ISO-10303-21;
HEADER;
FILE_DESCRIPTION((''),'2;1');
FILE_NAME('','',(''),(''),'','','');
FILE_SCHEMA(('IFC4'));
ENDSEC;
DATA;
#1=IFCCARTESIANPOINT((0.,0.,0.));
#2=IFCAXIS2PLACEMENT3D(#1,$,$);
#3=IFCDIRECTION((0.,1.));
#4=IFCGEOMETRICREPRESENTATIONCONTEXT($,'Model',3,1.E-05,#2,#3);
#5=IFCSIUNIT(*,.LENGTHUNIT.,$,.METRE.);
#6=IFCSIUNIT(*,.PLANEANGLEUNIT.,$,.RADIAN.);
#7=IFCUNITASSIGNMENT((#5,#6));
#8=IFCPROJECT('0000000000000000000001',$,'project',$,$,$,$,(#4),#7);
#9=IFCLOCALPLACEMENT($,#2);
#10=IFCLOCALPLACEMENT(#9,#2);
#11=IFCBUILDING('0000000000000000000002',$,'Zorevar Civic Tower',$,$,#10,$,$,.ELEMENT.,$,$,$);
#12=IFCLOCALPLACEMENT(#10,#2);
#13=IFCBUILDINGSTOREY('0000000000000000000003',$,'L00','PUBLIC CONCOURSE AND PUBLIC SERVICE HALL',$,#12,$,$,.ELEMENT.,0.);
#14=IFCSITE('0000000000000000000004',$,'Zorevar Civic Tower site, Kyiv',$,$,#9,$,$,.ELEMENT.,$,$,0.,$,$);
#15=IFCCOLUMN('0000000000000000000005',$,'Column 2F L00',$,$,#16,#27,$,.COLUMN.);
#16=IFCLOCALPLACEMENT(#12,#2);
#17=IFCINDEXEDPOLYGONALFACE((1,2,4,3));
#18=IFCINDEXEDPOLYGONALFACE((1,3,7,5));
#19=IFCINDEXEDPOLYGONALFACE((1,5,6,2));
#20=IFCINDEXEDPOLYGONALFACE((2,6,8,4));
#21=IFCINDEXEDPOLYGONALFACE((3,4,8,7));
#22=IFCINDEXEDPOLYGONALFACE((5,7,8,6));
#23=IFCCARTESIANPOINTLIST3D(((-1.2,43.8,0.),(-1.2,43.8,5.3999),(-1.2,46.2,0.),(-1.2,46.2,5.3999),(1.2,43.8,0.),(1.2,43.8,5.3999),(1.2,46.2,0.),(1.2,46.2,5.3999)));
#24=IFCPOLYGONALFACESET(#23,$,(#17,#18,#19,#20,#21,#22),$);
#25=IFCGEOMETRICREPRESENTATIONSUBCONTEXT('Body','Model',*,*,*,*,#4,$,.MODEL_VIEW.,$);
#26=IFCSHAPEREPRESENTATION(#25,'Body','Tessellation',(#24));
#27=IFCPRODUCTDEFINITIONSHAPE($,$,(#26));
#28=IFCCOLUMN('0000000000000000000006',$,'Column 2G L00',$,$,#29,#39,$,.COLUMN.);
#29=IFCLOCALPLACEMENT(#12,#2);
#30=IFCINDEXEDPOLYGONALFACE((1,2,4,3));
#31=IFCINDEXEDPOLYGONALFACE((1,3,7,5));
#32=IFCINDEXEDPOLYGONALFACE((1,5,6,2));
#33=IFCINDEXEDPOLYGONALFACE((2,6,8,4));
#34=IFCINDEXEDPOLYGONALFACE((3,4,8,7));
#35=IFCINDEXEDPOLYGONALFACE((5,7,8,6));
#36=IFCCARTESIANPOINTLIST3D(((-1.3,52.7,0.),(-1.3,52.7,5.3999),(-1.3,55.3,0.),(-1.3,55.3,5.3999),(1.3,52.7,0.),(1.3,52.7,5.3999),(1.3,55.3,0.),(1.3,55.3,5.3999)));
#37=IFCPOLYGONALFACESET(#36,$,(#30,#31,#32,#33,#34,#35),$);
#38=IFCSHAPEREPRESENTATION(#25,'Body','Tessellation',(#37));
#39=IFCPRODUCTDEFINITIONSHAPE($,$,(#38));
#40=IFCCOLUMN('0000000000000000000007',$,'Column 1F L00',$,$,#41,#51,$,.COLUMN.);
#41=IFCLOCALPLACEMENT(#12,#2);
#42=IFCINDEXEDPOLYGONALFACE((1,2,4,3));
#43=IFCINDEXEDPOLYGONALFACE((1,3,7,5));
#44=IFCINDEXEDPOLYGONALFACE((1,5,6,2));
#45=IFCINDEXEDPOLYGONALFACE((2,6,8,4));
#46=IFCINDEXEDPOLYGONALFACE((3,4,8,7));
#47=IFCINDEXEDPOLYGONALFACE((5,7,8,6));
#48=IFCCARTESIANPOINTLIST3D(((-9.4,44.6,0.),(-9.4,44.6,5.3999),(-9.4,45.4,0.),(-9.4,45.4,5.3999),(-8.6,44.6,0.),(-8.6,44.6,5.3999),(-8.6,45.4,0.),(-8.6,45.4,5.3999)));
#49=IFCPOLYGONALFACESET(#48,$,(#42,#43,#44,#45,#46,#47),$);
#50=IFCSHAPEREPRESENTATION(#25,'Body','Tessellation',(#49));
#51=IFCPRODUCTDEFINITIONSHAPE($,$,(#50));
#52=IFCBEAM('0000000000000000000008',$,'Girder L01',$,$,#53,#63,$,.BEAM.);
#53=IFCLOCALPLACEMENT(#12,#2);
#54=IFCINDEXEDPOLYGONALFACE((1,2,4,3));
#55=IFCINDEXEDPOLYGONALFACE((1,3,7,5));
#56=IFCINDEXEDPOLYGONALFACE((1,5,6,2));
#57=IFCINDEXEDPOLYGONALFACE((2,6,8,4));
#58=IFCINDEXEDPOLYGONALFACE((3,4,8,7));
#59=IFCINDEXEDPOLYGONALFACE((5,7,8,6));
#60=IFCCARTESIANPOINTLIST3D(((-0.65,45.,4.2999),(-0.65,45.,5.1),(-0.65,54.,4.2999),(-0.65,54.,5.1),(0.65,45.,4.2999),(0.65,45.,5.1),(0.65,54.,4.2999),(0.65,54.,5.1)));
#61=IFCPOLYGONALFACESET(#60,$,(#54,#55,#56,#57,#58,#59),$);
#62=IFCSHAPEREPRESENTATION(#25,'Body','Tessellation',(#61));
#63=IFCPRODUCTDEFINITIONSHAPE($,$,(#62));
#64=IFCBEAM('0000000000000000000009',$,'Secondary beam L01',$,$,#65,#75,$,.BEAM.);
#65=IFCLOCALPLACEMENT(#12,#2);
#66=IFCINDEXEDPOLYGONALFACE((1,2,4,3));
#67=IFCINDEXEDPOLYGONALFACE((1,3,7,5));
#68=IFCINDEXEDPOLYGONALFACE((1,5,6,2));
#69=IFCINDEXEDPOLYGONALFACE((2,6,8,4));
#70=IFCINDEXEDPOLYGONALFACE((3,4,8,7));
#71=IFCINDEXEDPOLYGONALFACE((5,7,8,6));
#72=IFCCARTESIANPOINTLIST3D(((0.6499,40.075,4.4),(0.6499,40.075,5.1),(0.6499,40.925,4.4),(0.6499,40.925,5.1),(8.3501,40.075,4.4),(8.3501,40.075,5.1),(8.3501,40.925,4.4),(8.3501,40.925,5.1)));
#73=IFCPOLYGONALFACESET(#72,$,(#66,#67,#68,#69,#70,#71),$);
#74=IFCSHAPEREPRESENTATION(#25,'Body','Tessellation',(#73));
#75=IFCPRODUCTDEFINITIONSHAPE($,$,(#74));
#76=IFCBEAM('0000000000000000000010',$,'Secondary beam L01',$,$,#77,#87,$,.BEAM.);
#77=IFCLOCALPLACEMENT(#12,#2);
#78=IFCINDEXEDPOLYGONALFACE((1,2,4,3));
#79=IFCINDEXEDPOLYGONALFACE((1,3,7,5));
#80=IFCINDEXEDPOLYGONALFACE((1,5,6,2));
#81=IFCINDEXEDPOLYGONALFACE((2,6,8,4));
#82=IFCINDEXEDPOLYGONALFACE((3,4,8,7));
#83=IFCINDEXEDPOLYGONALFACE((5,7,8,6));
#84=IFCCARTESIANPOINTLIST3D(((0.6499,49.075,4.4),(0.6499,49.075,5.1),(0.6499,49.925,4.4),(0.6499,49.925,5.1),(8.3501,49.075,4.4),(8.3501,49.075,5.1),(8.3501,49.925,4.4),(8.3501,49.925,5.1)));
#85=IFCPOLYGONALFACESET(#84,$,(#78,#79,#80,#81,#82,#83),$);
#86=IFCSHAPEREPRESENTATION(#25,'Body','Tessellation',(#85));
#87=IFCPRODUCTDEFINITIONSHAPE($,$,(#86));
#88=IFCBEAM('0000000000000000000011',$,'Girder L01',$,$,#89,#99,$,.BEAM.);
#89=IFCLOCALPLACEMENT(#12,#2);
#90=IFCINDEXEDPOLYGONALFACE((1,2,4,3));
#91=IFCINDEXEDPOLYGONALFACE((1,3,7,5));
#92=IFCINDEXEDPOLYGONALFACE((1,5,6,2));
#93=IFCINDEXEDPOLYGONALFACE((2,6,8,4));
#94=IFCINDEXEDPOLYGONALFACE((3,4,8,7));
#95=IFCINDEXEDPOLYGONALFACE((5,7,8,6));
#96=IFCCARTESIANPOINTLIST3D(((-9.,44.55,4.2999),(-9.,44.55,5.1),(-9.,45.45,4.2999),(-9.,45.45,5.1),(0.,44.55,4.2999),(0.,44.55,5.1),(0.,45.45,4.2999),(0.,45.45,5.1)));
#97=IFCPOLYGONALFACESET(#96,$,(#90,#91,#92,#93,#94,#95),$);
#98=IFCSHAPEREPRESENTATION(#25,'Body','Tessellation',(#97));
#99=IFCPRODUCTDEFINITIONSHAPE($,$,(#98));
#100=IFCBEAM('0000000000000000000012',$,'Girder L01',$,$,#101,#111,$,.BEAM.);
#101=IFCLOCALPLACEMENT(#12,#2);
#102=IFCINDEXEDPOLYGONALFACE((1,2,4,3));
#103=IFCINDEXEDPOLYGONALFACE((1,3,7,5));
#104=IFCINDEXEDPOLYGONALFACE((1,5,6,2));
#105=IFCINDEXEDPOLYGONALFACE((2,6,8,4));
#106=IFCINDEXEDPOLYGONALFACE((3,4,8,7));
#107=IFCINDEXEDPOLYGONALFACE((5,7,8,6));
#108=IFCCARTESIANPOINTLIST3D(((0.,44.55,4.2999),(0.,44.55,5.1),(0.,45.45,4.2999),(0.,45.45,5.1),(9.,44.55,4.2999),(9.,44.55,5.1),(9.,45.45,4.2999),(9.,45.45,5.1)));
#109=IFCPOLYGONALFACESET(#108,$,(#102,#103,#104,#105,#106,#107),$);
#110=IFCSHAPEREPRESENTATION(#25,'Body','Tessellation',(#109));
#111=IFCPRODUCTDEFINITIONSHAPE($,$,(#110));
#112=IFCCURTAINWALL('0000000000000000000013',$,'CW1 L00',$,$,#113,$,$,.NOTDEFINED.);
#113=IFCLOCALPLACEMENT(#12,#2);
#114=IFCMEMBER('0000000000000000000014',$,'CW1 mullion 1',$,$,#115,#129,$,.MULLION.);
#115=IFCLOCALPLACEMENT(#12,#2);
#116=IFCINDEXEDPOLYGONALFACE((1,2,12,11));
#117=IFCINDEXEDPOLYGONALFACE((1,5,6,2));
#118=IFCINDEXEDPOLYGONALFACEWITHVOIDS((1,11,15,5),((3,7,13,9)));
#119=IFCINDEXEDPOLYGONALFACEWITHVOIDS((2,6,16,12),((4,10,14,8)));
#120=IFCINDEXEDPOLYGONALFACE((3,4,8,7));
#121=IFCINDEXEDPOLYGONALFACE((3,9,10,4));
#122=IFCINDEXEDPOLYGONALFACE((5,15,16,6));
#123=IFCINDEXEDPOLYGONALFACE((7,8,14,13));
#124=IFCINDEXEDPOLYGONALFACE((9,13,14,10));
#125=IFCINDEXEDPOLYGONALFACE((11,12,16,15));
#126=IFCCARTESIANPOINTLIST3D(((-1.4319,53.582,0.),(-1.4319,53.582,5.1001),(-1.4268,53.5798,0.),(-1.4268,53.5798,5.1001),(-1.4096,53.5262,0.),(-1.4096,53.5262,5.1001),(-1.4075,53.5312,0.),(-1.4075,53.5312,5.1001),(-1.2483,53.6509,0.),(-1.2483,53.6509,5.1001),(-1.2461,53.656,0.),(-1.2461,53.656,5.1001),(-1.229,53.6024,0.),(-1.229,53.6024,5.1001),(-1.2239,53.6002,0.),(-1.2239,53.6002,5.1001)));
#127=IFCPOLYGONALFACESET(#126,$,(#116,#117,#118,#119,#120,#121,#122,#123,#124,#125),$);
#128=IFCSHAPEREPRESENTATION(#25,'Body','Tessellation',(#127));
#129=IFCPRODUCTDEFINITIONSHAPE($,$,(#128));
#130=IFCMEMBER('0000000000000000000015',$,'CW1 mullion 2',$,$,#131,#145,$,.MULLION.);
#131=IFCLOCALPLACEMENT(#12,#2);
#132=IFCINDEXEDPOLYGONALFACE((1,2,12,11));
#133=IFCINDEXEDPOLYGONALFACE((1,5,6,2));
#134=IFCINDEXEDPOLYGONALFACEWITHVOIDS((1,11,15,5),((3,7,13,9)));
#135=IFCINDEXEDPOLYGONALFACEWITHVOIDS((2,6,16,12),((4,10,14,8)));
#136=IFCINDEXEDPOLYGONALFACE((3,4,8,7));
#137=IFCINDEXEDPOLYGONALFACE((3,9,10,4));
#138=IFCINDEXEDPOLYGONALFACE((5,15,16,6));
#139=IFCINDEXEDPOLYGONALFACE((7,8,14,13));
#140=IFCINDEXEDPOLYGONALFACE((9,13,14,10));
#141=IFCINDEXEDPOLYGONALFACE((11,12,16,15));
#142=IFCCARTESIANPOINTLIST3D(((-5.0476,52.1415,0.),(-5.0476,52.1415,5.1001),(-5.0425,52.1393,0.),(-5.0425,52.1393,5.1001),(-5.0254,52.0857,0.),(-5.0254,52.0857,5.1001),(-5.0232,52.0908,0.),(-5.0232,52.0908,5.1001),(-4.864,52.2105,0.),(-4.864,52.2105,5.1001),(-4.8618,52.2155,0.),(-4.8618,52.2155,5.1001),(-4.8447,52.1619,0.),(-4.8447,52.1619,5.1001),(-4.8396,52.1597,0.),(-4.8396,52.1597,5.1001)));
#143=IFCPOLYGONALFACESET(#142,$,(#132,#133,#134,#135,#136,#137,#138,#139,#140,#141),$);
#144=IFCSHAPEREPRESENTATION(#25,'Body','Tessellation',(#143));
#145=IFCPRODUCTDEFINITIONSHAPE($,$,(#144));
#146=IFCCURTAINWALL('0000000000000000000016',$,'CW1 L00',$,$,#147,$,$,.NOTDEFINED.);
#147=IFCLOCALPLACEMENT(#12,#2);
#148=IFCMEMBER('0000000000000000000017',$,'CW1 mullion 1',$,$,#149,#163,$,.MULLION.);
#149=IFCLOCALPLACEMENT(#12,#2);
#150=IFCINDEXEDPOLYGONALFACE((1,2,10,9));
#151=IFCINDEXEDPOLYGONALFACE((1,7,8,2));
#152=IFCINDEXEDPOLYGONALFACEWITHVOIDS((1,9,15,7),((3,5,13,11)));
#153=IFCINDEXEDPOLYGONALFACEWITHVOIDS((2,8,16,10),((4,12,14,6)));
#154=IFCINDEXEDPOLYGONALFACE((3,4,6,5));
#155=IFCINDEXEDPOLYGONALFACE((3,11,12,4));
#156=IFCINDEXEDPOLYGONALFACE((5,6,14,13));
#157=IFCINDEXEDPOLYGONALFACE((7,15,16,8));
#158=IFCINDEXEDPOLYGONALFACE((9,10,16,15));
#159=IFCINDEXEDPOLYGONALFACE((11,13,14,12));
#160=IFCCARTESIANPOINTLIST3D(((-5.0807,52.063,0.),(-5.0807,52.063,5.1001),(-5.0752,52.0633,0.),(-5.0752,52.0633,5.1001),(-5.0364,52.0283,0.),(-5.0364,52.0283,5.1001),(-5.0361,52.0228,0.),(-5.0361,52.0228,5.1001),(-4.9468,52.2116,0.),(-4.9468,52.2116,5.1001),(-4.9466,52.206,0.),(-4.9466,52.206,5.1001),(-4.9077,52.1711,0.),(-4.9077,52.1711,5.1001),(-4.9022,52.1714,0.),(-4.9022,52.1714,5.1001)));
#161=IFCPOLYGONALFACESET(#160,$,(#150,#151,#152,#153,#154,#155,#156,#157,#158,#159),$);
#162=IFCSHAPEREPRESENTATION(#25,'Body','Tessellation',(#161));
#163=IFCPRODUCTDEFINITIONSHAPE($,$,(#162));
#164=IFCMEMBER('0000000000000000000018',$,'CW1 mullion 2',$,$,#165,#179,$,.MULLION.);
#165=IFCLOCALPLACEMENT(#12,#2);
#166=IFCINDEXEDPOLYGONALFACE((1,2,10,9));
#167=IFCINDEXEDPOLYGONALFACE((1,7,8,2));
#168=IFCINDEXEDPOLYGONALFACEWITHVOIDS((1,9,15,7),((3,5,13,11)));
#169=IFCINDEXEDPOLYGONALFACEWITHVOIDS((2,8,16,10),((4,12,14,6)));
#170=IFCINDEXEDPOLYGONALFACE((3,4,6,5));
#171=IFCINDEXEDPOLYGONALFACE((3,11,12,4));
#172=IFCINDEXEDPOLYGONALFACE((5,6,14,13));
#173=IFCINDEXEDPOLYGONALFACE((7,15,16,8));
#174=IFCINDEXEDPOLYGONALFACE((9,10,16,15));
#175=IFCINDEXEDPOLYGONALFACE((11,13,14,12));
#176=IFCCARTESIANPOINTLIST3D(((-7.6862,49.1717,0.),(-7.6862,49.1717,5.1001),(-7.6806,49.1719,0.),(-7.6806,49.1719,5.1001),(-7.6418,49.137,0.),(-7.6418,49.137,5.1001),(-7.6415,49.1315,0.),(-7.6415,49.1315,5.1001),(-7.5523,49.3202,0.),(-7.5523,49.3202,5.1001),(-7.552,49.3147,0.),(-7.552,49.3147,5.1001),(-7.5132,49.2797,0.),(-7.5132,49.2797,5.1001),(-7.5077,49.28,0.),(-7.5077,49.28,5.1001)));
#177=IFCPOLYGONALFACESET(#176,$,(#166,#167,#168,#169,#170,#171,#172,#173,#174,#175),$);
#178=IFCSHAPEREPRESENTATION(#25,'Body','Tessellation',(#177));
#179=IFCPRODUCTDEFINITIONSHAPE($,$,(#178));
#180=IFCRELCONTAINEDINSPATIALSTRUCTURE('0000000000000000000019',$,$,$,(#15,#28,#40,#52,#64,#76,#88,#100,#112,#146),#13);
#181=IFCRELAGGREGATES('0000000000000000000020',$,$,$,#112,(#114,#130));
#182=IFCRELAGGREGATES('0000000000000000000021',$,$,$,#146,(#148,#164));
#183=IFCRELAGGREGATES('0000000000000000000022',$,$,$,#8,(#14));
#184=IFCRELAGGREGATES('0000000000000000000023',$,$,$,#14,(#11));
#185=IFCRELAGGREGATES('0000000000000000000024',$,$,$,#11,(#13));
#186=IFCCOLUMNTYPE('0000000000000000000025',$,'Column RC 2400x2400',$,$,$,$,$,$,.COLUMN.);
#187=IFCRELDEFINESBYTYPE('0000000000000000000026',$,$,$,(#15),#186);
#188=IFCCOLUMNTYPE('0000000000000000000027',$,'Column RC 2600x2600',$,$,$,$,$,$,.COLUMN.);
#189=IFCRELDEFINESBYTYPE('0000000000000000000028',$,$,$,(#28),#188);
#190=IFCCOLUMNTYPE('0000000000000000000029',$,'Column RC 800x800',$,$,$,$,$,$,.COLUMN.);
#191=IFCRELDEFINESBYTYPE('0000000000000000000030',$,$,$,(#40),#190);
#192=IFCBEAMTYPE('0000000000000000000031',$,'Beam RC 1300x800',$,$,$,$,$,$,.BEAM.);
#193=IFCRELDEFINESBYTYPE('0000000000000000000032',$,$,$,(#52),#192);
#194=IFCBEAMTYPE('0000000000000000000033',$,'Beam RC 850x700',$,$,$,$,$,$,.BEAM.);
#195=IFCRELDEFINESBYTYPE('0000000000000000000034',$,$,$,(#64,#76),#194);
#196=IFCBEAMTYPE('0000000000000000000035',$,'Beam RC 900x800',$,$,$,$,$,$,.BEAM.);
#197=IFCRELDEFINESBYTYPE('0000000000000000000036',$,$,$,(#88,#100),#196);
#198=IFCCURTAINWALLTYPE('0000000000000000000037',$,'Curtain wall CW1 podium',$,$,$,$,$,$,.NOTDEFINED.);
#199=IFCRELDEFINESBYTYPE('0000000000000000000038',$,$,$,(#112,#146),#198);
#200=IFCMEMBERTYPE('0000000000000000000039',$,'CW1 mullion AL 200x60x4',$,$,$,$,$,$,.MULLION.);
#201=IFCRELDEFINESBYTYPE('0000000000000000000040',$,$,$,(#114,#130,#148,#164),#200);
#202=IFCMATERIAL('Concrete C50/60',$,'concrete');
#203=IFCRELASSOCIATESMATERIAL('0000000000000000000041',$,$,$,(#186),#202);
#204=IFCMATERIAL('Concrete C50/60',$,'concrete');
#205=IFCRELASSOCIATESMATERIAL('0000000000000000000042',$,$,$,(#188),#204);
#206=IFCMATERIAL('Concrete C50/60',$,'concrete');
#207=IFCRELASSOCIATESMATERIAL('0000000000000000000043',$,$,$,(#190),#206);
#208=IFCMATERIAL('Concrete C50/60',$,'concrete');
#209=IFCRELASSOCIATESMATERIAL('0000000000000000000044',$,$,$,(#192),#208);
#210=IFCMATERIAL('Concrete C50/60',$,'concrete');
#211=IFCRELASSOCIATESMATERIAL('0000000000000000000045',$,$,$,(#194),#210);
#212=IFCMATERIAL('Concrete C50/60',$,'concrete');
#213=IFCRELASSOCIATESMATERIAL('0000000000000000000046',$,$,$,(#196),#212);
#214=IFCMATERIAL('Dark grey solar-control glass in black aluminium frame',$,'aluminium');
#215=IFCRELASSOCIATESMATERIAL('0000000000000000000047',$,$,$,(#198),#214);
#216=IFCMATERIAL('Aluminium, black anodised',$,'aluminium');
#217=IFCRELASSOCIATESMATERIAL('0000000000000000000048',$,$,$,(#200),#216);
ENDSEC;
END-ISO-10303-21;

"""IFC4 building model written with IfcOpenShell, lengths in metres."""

from ifc_helpers import new_model, si_unit, direction, frame, origin, origin_2d, place, context, subcontext, project, spatial, rectangle, hollow_rectangle, extrude, material, material_profile, profile_set, type_object, element, aggregate, save


model = new_model("IFC4")

# Units and contexts
model_context = context("Model", 3, precision=1e-05, world=origin(), true_north=direction((0.0, 1.0)))
body_context = subcontext(model_context, "Body", "Model", "MODEL_VIEW")
ifc_project = project(units=[si_unit("LENGTHUNIT", "METRE"), si_unit("PLANEANGLEUNIT", "RADIAN")], contexts=[model_context])

# Site, building, storey
site_placement = place(None, origin())
site = spatial("IfcSite", under=ifc_project, at=site_placement, Name="Zorevar Civic Tower site, Kyiv", CompositionType="ELEMENT", RefElevation=0.0)
building_placement = place(site_placement, origin())
building = spatial("IfcBuilding", under=site, at=building_placement, Name="Zorevar Civic Tower", CompositionType="ELEMENT")
storey_placement = place(building_placement, origin())
storey = spatial("IfcBuildingStorey", under=building, at=storey_placement, Name="L00", Description="PUBLIC CONCOURSE AND PUBLIC SERVICE HALL", CompositionType="ELEMENT", Elevation=0.0)

# Columns
ifc_material_1 = material(Name="Concrete C50/60", Category="concrete")
ifc_material_profile_1 = material_profile(ifc_material_1, rectangle(XDim=2.3999, YDim=2.3999, at=origin_2d()), Name="RC 2400x2400")
ifc_profile_set_1 = profile_set([ifc_material_profile_1], Name="Concrete C50/60")
column_type_1 = type_object("IfcColumnType", Name="Column RC 2400x2400", PredefinedType="COLUMN", material=ifc_profile_set_1)
column_1_placement = place(storey_placement, frame((0.0, 45.0, 0.0), z_axis=(0.0, 0.0, 1.0), x_axis=(1.0, 0.0, 0.0)))
element("IfcColumn", 1, at=column_1_placement, inside=storey, type_object=column_type_1, Name="Column 2F L00", PredefinedType="COLUMN", context=body_context, shape_type="SweptSolid", body=[
    extrude(rectangle(XDim=2.3999, YDim=2.3999, at=origin_2d()), origin(), (0.0, 0.0, 1.0), 5.3999),
])
ifc_material_2 = material(Name="Concrete C50/60", Category="concrete")
ifc_material_profile_2 = material_profile(ifc_material_2, rectangle(XDim=2.6001, YDim=2.6001, at=origin_2d()), Name="RC 2600x2600")
ifc_profile_set_2 = profile_set([ifc_material_profile_2], Name="Concrete C50/60")
column_type_2 = type_object("IfcColumnType", Name="Column RC 2600x2600", PredefinedType="COLUMN", material=ifc_profile_set_2)
column_2_placement = place(storey_placement, frame((0.0, 54.0, 0.0), z_axis=(0.0, 0.0, 1.0), x_axis=(1.0, 0.0, 0.0)))
element("IfcColumn", 2, at=column_2_placement, inside=storey, type_object=column_type_2, Name="Column 2G L00", PredefinedType="COLUMN", context=body_context, shape_type="SweptSolid", body=[
    extrude(rectangle(XDim=2.6001, YDim=2.6001, at=origin_2d()), origin(), (0.0, 0.0, 1.0), 5.3999),
])
ifc_material_3 = material(Name="Concrete C50/60", Category="concrete")
ifc_material_profile_3 = material_profile(ifc_material_3, rectangle(XDim=0.8, YDim=0.8, at=origin_2d()), Name="RC 800x800")
ifc_profile_set_3 = profile_set([ifc_material_profile_3], Name="Concrete C50/60")
column_type_3 = type_object("IfcColumnType", Name="Column RC 800x800", PredefinedType="COLUMN", material=ifc_profile_set_3)
column_3_placement = place(storey_placement, frame((-9.0, 45.0, 0.0), z_axis=(0.0, 0.0, 1.0), x_axis=(1.0, 0.0, 0.0)))
element("IfcColumn", 3, at=column_3_placement, inside=storey, type_object=column_type_3, Name="Column 1F L00", PredefinedType="COLUMN", context=body_context, shape_type="SweptSolid", body=[
    extrude(rectangle(XDim=0.8, YDim=0.8, at=origin_2d()), origin(), (0.0, 0.0, 1.0), 5.3999),
])

# Beams
ifc_material_4 = material(Name="Concrete C50/60", Category="concrete")
ifc_material_profile_4 = material_profile(ifc_material_4, rectangle(XDim=1.3, YDim=0.8, at=origin_2d()), Name="RC 1300x800")
ifc_profile_set_4 = profile_set([ifc_material_profile_4], Name="Concrete C50/60")
beam_type_1 = type_object("IfcBeamType", Name="Beam RC 1300x800", PredefinedType="BEAM", material=ifc_profile_set_4)
beam_1_placement = place(storey_placement, frame((0.0, 45.0, 4.7), z_axis=(0.0, 1.0, 0.0), x_axis=(-1.0, 0.0, 0.0)))
element("IfcBeam", 4, at=beam_1_placement, inside=storey, type_object=beam_type_1, Name="Girder L01", PredefinedType="BEAM", context=body_context, shape_type="SweptSolid", body=[
    extrude(rectangle(XDim=1.3, YDim=0.8, at=origin_2d()), origin(), (0.0, 0.0, 1.0), 9.0),
])
ifc_material_5 = material(Name="Concrete C50/60", Category="concrete")
ifc_material_profile_5 = material_profile(ifc_material_5, rectangle(XDim=0.8501, YDim=0.7, at=origin_2d()), Name="RC 850x700")
ifc_profile_set_5 = profile_set([ifc_material_profile_5], Name="Concrete C50/60")
beam_type_2 = type_object("IfcBeamType", Name="Beam RC 850x700", PredefinedType="BEAM", material=ifc_profile_set_5)
for number, where, z_axis, x_axis, name in (
    (5, (0.6499, 40.5, 4.75), (1.0, 0.0, 0.0), (0.0, 1.0, 0.0), "Secondary beam L01"),
    (6, (0.6499, 49.5, 4.75), (1.0, 0.0, 0.0), (0.0, 1.0, 0.0), "Secondary beam L01"),
):
    element("IfcBeam", number, at=place(storey_placement, frame(where, z_axis=z_axis, x_axis=x_axis)), inside=storey, type_object=beam_type_2, Name=name, PredefinedType="BEAM", context=body_context, shape_type="SweptSolid", body=[
        extrude(rectangle(XDim=0.8501, YDim=0.7, at=origin_2d()), origin(), (0.0, 0.0, 1.0), 7.7002),
    ])
ifc_material_6 = material(Name="Concrete C50/60", Category="concrete")
ifc_material_profile_6 = material_profile(ifc_material_6, rectangle(XDim=0.8999, YDim=0.8, at=origin_2d()), Name="RC 900x800")
ifc_profile_set_6 = profile_set([ifc_material_profile_6], Name="Concrete C50/60")
beam_type_3 = type_object("IfcBeamType", Name="Beam RC 900x800", PredefinedType="BEAM", material=ifc_profile_set_6)
for number, where, z_axis, x_axis, name in (
    (7, (-9.0, 45.0, 4.7), (1.0, 0.0, 0.0), (0.0, 1.0, 0.0), "Girder L01"),
    (8, (0.0, 45.0, 4.7), (1.0, 0.0, 0.0), (0.0, 1.0, 0.0), "Girder L01"),
):
    element("IfcBeam", number, at=place(storey_placement, frame(where, z_axis=z_axis, x_axis=x_axis)), inside=storey, type_object=beam_type_3, Name=name, PredefinedType="BEAM", context=body_context, shape_type="SweptSolid", body=[
        extrude(rectangle(XDim=0.8999, YDim=0.8, at=origin_2d()), origin(), (0.0, 0.0, 1.0), 9.0),
    ])

# Curtain walls, members
ifc_material_7 = material(Name="Dark grey solar-control glass in black aluminium frame", Category="aluminium")
curtain_wall_type = type_object("IfcCurtainWallType", Name="Curtain wall CW1 podium", PredefinedType="NOTDEFINED", material=ifc_material_7)
curtain_wall_1_placement = place(storey_placement, origin())
curtain_wall_1 = element("IfcCurtainWall", 9, at=curtain_wall_1_placement, inside=storey, type_object=curtain_wall_type, Name="CW1 L00", PredefinedType="NOTDEFINED")
ifc_material_8 = material(Name="Aluminium, black anodised", Category="aluminium")
ifc_material_profile_7 = material_profile(ifc_material_8, hollow_rectangle(XDim=0.0601, YDim=0.2, WallThickness=0.0039, at=origin_2d()), Name="AL 200x60x4")
ifc_profile_set_7 = profile_set([ifc_material_profile_7], Name="Aluminium, black anodised")
member_type_1 = type_object("IfcMemberType", Name="CW1 mullion AL 200x60x4", PredefinedType="MULLION", material=ifc_profile_set_7)
member_1_placement = place(storey_placement, frame((-1.3279, 53.5911, 0.0), z_axis=(0.0, 0.0, 1.0), x_axis=(0.370111, -0.928988, 0.0)))
member_1 = element("IfcMember", 10, at=member_1_placement, type_object=member_type_1, Name="CW1 mullion 1", PredefinedType="MULLION", context=body_context, shape_type="SweptSolid", body=[
    extrude(hollow_rectangle(XDim=0.0601, YDim=0.2, WallThickness=0.0039, at=origin_2d()), origin(), (0.0, 0.0, 1.0), 5.1001),
])
member_2_placement = place(storey_placement, frame((-4.9436, 52.1506, 0.0), z_axis=(0.0, 0.0, 1.0), x_axis=(0.370111, -0.928988, 0.0)))
member_2 = element("IfcMember", 11, at=member_2_placement, type_object=member_type_1, Name="CW1 mullion 2", PredefinedType="MULLION", context=body_context, shape_type="SweptSolid", body=[
    extrude(hollow_rectangle(XDim=0.0601, YDim=0.2, WallThickness=0.0039, at=origin_2d()), origin(), (0.0, 0.0, 1.0), 5.1001),
])
curtain_wall_2_placement = place(storey_placement, origin())
curtain_wall_2 = element("IfcCurtainWall", 12, at=curtain_wall_2_placement, inside=storey, type_object=curtain_wall_type, Name="CW1 L00", PredefinedType="NOTDEFINED")
member_3_placement = place(storey_placement, frame((-4.9915, 52.1172, 0.0), z_axis=(0.0, 0.0, 1.0), x_axis=(0.7429, -0.669403, 0.0)))
member_3 = element("IfcMember", 13, at=member_3_placement, type_object=member_type_1, Name="CW1 mullion 1", PredefinedType="MULLION", context=body_context, shape_type="SweptSolid", body=[
    extrude(hollow_rectangle(XDim=0.0601, YDim=0.2, WallThickness=0.0039, at=origin_2d()), origin(), (0.0, 0.0, 1.0), 5.1001),
])
member_4_placement = place(storey_placement, frame((-7.5969, 49.2258, 0.0), z_axis=(0.0, 0.0, 1.0), x_axis=(0.7429, -0.669403, 0.0)))
member_4 = element("IfcMember", 14, at=member_4_placement, type_object=member_type_1, Name="CW1 mullion 2", PredefinedType="MULLION", context=body_context, shape_type="SweptSolid", body=[
    extrude(hollow_rectangle(XDim=0.0601, YDim=0.2, WallThickness=0.0039, at=origin_2d()), origin(), (0.0, 0.0, 1.0), 5.1001),
])

aggregate(curtain_wall_1, [member_1, member_2])
aggregate(curtain_wall_2, [member_3, member_4])

save(model, "model.ifc")
